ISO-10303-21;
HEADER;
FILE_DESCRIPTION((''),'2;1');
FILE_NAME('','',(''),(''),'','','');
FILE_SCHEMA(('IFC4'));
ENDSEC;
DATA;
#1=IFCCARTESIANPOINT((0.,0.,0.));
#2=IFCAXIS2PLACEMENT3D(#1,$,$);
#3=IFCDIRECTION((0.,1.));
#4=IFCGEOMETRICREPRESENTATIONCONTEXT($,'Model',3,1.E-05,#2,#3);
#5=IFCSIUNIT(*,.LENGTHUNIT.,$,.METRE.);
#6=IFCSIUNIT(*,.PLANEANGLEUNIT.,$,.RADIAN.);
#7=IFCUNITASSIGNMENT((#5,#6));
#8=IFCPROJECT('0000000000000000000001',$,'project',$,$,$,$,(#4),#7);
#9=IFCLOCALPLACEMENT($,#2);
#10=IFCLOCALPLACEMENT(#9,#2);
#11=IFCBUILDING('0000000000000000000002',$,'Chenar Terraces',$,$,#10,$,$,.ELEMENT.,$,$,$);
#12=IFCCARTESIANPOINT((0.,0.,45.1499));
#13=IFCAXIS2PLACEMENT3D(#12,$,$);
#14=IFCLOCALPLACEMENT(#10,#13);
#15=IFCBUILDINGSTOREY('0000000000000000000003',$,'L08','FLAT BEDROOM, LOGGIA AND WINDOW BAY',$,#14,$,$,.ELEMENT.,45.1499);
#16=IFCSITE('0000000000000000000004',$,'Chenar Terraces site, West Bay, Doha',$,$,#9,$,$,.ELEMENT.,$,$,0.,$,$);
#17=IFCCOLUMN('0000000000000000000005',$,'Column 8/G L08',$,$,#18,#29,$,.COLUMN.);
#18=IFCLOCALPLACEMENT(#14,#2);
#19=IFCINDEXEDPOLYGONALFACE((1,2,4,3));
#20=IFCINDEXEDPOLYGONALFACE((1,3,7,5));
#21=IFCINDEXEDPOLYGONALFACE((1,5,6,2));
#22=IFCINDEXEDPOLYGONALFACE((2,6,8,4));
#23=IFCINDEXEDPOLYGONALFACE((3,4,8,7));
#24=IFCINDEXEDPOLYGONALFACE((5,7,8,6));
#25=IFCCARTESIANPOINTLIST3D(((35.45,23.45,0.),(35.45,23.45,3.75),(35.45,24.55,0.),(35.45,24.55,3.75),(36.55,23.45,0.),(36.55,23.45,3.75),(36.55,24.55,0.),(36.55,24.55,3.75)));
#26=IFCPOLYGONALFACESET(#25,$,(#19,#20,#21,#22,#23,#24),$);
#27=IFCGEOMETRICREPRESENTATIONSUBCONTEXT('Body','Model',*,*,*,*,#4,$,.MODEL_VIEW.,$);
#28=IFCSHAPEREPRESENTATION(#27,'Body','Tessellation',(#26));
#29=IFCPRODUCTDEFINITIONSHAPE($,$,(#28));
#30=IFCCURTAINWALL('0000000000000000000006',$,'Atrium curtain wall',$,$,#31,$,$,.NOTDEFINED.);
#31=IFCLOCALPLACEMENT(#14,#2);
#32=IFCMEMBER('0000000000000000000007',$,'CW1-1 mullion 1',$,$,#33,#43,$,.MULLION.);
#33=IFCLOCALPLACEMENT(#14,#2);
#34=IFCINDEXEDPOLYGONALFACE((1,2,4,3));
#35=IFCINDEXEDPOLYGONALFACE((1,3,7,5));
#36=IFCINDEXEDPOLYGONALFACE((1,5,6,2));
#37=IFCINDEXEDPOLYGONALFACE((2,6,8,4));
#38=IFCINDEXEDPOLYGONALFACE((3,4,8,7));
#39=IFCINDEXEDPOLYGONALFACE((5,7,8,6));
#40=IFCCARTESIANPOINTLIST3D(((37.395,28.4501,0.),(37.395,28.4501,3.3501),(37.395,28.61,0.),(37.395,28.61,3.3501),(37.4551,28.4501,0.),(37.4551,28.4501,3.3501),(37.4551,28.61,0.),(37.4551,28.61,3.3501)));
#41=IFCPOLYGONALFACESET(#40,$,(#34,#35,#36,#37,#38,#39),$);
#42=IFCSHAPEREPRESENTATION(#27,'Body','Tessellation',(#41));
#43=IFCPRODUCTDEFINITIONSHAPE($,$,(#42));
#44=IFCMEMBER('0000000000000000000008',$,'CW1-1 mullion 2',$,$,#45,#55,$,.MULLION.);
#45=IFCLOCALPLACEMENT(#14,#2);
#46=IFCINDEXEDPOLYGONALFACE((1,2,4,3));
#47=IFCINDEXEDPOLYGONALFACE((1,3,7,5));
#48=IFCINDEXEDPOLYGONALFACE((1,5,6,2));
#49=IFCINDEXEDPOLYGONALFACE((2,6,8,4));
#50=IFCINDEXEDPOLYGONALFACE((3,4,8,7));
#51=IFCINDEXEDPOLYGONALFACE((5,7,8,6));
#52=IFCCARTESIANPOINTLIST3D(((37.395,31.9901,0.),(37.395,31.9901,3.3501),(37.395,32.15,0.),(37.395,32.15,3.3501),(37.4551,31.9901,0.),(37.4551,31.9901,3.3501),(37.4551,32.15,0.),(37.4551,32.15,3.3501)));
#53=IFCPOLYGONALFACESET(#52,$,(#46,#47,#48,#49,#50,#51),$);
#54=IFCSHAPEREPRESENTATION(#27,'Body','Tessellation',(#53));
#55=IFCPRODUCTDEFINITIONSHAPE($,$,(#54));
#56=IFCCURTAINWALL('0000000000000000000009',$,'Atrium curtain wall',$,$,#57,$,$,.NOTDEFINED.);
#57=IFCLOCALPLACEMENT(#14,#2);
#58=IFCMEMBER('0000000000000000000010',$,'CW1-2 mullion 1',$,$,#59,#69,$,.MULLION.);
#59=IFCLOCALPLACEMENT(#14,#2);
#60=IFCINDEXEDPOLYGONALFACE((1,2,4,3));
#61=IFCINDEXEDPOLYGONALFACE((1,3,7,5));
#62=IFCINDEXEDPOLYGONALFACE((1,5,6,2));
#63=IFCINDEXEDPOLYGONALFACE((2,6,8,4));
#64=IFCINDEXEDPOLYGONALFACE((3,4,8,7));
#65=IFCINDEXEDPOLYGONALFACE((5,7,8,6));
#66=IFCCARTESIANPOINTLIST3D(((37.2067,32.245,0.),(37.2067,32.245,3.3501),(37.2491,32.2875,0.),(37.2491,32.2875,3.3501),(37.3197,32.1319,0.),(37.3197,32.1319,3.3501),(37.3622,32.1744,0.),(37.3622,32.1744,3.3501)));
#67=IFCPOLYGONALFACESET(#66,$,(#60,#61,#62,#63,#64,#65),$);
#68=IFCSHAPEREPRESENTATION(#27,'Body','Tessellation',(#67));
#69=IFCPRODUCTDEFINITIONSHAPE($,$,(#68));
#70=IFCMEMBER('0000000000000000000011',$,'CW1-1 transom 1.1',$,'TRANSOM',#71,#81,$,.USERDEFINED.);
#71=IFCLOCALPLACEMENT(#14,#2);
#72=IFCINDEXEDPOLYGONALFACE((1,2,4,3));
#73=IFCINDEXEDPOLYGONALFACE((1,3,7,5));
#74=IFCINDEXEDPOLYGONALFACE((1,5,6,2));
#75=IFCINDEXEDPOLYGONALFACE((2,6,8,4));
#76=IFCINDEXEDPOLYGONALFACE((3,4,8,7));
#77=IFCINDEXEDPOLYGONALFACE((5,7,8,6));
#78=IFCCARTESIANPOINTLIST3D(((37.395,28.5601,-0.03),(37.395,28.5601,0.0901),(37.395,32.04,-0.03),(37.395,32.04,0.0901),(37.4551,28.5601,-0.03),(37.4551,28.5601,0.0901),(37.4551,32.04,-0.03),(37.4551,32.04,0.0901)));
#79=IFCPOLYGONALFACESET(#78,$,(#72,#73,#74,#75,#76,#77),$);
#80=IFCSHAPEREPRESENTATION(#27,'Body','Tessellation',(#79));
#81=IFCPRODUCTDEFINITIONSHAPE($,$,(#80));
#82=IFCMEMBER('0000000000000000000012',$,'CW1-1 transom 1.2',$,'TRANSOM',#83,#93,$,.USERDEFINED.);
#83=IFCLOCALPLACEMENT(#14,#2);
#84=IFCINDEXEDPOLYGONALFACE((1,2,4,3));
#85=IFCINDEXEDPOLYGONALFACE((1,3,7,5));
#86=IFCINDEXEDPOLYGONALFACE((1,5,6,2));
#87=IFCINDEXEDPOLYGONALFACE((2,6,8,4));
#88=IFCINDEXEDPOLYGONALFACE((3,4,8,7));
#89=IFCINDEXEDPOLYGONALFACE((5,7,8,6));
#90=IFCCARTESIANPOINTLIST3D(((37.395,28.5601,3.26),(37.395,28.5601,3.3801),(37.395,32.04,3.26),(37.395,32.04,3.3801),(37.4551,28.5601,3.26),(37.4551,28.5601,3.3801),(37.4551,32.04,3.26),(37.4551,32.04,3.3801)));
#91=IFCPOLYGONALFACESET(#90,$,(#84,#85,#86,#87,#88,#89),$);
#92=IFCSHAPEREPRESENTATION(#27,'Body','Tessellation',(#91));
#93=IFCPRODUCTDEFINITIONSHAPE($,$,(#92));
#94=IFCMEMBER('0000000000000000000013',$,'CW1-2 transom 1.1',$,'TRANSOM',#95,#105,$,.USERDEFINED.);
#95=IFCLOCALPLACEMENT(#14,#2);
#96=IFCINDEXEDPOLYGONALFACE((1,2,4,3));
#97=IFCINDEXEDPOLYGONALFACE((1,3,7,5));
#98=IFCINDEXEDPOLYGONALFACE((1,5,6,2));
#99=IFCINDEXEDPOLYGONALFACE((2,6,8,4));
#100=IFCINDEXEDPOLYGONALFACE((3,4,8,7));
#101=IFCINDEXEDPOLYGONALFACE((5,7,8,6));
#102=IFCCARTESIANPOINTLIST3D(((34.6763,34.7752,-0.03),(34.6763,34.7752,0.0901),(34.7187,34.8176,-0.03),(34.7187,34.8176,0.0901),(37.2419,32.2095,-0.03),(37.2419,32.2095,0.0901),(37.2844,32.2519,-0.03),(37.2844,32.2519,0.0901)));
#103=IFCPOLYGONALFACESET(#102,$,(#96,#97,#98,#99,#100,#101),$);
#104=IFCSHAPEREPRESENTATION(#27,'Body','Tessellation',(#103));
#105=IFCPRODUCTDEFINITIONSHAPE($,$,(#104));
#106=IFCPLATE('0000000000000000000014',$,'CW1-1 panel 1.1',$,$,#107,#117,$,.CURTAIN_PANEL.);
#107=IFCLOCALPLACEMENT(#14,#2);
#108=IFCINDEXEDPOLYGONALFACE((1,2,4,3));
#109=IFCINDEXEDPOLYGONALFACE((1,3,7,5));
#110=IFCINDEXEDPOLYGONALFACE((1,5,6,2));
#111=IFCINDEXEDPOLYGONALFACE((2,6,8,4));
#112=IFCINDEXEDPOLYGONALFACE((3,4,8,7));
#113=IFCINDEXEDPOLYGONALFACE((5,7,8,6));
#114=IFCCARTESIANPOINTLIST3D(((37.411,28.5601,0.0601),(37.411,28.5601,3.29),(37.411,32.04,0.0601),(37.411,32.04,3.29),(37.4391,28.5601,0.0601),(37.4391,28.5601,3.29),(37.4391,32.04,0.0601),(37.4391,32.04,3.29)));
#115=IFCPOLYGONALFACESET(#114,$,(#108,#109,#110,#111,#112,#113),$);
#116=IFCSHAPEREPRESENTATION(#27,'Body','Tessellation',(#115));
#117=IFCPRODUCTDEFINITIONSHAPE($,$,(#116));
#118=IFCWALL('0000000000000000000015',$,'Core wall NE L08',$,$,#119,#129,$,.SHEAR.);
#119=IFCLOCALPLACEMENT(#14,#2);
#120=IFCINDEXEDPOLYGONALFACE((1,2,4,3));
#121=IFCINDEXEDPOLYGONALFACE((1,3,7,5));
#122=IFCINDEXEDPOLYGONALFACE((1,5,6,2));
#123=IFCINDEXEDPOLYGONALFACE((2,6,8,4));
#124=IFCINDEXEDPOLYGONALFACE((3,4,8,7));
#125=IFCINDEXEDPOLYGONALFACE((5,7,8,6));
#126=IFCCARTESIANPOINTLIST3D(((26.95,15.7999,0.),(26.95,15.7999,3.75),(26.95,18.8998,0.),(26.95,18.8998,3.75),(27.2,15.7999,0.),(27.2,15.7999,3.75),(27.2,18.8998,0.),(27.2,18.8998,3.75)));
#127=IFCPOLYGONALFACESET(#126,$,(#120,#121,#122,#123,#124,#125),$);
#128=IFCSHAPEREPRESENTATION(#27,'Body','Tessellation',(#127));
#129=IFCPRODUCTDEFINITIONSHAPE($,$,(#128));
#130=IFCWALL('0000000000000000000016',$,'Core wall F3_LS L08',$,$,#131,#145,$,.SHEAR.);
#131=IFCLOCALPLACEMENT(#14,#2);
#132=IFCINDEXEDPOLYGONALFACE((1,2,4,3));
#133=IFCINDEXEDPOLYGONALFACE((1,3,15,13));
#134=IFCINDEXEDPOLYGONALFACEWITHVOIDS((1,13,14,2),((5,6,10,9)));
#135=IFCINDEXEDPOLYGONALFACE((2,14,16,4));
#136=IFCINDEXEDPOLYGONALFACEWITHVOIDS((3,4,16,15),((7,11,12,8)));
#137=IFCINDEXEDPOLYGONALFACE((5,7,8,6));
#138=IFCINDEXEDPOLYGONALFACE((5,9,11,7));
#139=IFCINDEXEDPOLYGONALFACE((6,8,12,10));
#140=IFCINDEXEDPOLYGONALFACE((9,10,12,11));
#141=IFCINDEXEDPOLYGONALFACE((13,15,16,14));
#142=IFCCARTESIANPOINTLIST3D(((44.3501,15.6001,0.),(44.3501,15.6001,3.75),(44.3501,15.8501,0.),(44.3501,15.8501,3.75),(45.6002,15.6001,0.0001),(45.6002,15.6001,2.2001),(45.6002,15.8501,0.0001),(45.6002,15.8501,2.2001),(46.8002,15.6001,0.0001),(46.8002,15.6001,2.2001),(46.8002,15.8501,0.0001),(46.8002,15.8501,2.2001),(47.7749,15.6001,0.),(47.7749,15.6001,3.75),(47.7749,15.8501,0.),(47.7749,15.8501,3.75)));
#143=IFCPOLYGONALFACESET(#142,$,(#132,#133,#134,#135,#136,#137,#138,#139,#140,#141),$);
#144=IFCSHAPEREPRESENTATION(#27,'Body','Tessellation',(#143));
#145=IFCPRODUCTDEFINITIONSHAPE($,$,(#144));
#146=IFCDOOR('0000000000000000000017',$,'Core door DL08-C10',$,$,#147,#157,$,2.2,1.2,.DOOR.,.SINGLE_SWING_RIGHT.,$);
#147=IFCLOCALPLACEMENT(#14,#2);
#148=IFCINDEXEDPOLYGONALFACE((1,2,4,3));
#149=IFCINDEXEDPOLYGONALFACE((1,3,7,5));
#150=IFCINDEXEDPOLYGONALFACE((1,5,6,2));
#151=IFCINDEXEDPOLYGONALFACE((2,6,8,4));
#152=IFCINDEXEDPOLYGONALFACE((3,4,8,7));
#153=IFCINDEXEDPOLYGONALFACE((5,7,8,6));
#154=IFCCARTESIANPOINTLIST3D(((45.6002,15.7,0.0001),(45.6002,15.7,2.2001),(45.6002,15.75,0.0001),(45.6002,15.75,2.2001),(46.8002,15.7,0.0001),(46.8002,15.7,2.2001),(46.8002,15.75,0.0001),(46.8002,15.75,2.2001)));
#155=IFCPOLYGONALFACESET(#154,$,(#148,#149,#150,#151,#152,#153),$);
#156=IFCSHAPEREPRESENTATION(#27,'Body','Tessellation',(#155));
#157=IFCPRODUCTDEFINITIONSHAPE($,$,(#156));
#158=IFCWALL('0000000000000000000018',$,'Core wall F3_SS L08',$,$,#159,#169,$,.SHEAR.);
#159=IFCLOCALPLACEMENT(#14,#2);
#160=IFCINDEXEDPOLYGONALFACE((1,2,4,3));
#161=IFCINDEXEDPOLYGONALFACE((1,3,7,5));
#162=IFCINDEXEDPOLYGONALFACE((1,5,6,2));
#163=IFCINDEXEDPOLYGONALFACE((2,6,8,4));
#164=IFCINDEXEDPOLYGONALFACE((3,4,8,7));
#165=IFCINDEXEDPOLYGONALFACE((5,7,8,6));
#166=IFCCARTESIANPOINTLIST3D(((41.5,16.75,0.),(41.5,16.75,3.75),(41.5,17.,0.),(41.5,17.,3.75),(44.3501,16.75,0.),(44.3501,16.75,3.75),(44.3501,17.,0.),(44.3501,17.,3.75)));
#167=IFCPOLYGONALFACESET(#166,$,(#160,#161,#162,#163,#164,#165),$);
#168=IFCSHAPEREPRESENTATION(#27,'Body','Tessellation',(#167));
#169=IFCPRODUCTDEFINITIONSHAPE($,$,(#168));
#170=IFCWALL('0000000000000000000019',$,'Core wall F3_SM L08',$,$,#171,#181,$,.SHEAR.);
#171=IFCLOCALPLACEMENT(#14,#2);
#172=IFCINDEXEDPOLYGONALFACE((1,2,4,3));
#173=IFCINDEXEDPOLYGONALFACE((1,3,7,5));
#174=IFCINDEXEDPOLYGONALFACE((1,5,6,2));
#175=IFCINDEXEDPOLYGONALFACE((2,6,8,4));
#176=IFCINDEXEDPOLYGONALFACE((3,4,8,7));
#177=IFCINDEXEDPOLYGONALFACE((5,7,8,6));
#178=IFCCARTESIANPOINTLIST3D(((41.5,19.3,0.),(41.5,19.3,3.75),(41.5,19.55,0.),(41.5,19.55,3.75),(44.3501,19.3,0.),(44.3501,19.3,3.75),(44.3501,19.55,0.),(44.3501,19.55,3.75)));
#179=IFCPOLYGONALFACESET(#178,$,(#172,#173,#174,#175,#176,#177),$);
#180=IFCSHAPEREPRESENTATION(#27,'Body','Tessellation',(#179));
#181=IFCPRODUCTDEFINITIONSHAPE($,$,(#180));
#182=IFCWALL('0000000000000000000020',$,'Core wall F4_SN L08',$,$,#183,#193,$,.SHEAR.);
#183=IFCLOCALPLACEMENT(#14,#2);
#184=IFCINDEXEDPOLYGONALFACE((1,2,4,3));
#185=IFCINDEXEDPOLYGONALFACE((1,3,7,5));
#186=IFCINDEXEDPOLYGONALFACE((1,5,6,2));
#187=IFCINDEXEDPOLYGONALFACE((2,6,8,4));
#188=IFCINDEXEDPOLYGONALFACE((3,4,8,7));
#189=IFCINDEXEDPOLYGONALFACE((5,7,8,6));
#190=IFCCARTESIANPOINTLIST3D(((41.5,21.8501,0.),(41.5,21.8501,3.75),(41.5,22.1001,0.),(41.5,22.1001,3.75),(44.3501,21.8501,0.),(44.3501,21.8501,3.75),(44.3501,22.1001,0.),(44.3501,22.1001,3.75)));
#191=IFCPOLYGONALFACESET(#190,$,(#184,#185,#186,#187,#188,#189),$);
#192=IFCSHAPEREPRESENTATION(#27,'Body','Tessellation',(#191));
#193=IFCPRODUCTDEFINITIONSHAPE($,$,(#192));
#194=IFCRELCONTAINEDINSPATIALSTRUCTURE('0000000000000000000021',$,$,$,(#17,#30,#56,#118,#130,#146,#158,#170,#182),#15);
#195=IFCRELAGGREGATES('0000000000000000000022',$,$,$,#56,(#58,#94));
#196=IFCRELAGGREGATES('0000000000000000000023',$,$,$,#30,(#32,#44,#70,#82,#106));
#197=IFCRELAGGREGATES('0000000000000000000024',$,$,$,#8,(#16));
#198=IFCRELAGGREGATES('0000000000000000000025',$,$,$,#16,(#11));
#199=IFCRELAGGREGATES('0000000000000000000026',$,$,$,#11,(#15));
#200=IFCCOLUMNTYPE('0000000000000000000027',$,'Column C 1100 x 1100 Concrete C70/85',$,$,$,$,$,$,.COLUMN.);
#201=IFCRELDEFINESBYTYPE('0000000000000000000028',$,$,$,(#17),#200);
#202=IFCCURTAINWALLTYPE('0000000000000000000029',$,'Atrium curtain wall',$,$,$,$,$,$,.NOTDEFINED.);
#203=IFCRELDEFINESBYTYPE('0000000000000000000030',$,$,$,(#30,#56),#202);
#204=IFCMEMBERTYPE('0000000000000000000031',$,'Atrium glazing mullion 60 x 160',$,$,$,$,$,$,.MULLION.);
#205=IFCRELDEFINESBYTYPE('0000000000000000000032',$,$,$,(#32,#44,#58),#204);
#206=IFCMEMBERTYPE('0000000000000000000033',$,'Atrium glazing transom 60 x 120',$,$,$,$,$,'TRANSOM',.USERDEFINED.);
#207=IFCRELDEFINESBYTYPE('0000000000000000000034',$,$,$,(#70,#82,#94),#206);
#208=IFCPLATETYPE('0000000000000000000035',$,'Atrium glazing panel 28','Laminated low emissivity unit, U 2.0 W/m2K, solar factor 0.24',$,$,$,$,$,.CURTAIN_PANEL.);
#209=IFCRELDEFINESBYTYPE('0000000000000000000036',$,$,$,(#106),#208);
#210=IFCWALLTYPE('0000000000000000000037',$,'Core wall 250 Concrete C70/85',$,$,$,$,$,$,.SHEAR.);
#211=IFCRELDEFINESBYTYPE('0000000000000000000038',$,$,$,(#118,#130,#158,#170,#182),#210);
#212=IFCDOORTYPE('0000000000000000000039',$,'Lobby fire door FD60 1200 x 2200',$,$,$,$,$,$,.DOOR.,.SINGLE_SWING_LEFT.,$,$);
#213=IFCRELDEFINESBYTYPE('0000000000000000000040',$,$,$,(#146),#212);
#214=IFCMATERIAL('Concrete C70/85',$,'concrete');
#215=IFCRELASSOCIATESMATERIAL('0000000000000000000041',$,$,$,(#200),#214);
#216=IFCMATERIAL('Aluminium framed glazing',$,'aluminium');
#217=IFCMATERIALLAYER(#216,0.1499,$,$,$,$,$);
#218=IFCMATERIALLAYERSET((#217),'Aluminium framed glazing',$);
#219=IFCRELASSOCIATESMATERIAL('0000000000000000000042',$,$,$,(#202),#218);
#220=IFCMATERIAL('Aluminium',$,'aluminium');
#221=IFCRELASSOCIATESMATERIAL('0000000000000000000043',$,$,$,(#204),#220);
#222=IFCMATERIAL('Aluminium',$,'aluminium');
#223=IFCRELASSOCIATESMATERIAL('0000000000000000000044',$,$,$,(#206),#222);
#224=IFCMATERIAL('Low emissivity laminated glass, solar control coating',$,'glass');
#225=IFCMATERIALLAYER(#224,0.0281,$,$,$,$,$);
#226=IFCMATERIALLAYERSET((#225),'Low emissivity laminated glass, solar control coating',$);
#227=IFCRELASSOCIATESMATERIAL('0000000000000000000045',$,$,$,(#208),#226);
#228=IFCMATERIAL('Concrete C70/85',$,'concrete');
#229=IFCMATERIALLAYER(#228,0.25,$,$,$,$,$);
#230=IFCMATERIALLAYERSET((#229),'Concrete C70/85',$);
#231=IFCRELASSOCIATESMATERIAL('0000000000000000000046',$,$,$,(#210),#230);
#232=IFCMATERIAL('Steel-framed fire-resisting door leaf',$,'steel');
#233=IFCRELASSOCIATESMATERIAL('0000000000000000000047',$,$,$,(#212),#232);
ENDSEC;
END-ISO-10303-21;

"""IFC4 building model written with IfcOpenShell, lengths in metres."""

from ifc_helpers import new_model, si_unit, direction, frame, frame_2d, origin, origin_2d, place, context, subcontext, project, spatial, rectangle, extrude, material, layer, layer_set, material_profile, profile_set, type_object, element, fill, aggregate, save


model = new_model("IFC4")

# Units and contexts
model_context = context("Model", 3, precision=1e-05, world=origin(), true_north=direction((0.0, 1.0)))
body_context = subcontext(model_context, "Body", "Model", "MODEL_VIEW")
ifc_project = project(units=[si_unit("LENGTHUNIT", "METRE"), si_unit("PLANEANGLEUNIT", "RADIAN")], contexts=[model_context])

# Site, building, storey
site_placement = place(None, origin())
site = spatial("IfcSite", under=ifc_project, at=site_placement, Name="Chenar Terraces site, West Bay, Doha", CompositionType="ELEMENT", RefElevation=0.0)
building_placement = place(site_placement, origin())
building = spatial("IfcBuilding", under=site, at=building_placement, Name="Chenar Terraces", CompositionType="ELEMENT")
storey_placement = place(building_placement, frame((0.0, 0.0, 45.1499)))
storey = spatial("IfcBuildingStorey", under=building, at=storey_placement, Name="L08", Description="FLAT BEDROOM, LOGGIA AND WINDOW BAY", CompositionType="ELEMENT", Elevation=45.1499)

# Column
ifc_material_1 = material(Name="Concrete C70/85", Category="concrete")
ifc_material_profile_1 = material_profile(ifc_material_1, rectangle(XDim=1.1001, YDim=1.1001, at=origin_2d()), Name="C 1100 x 1100")
ifc_profile_set_1 = profile_set([ifc_material_profile_1], Name="Concrete C70/85")
column_type = type_object("IfcColumnType", Name="Column C 1100 x 1100 Concrete C70/85", PredefinedType="COLUMN", material=ifc_profile_set_1)
column_placement = place(storey_placement, frame((36.0, 24.0, 0.0), z_axis=(0.0, 0.0, 1.0), x_axis=(1.0, 0.0, 0.0)))
element("IfcColumn", 1, at=column_placement, inside=storey, type_object=column_type, Name="Column 8/G L08", PredefinedType="COLUMN", context=body_context, shape_type="SweptSolid", body=[
    extrude(rectangle(XDim=1.1001, YDim=1.1001, at=origin_2d()), origin(), (0.0, 0.0, 1.0), 3.75),
])

# Curtain wall, members
ifc_material_2 = material(Name="Aluminium framed glazing", Category="aluminium")
ifc_layer_1 = layer(ifc_material_2, 0.1499)
ifc_layer_set_1 = layer_set([ifc_layer_1], Name="Aluminium framed glazing")
curtain_wall_type = type_object("IfcCurtainWallType", Name="Atrium curtain wall", PredefinedType="NOTDEFINED", material=ifc_layer_set_1)
placement = place(storey_placement, origin())
curtain_wall_1 = element("IfcCurtainWall", 2, at=placement, inside=storey, type_object=curtain_wall_type, Name="Atrium curtain wall", PredefinedType="NOTDEFINED")
ifc_material_3 = material(Name="Aluminium", Category="aluminium")
ifc_material_profile_2 = material_profile(ifc_material_3, rectangle(XDim=0.0601, YDim=0.1599, at=origin_2d()), Name="Atrium glazing mullion 60 x 160")
ifc_profile_set_2 = profile_set([ifc_material_profile_2], Name="Aluminium")
member_type_1 = type_object("IfcMemberType", Name="Atrium glazing mullion 60 x 160", PredefinedType="MULLION", material=ifc_profile_set_2)
member_1_placement = place(storey_placement, frame((37.425, 28.53, 0.0), z_axis=(0.0, 0.0, 1.0), x_axis=(-1.0, 0.0, 0.0)))
member_1 = element("IfcMember", 3, at=member_1_placement, type_object=member_type_1, Name="CW1-1 mullion 1", PredefinedType="MULLION", context=body_context, shape_type="SweptSolid", body=[
    extrude(rectangle(XDim=0.0601, YDim=0.1599, at=origin_2d()), origin(), (0.0, 0.0, 1.0), 3.3501),
])
member_2_placement = place(storey_placement, frame((37.425, 32.0701, 0.0), z_axis=(0.0, 0.0, 1.0), x_axis=(-1.0, 0.0, 0.0)))
member_2 = element("IfcMember", 4, at=member_2_placement, type_object=member_type_1, Name="CW1-1 mullion 2", PredefinedType="MULLION", context=body_context, shape_type="SweptSolid", body=[
    extrude(rectangle(XDim=0.0601, YDim=0.1599, at=origin_2d()), origin(), (0.0, 0.0, 1.0), 3.3501),
])

# Curtain wall, member
curtain_wall_2 = element("IfcCurtainWall", 5, at=placement, inside=storey, type_object=curtain_wall_type, Name="Atrium curtain wall", PredefinedType="NOTDEFINED")
member_3_placement = place(storey_placement, frame((37.2844, 32.2097, 0.0), z_axis=(0.0, 0.0, 1.0), x_axis=(-0.707107, -0.707107, 0.0)))
member_3 = element("IfcMember", 6, at=member_3_placement, type_object=member_type_1, Name="CW1-2 mullion 1", PredefinedType="MULLION", context=body_context, shape_type="SweptSolid", body=[
    extrude(rectangle(XDim=0.0601, YDim=0.1599, at=origin_2d()), origin(), (0.0, 0.0, 1.0), 3.3501),
])

# Members
ifc_material_4 = material(Name="Aluminium", Category="aluminium")
ifc_material_profile_3 = material_profile(ifc_material_4, rectangle(XDim=0.0601, YDim=0.1201, at=origin_2d()), Name="Atrium glazing transom 60 x 120")
ifc_profile_set_3 = profile_set([ifc_material_profile_3], Name="Aluminium")
member_type_2 = type_object("IfcMemberType", Name="Atrium glazing transom 60 x 120", ElementType="TRANSOM", PredefinedType="USERDEFINED", material=ifc_profile_set_3)
member_4_placement = place(storey_placement, frame((37.425, 28.5601, 0.03), z_axis=(0.0, 1.0, 0.0), x_axis=(-1.0, 0.0, 0.0)))
member_4 = element("IfcMember", 7, at=member_4_placement, type_object=member_type_2, Name="CW1-1 transom 1.1", ObjectType="TRANSOM", PredefinedType="USERDEFINED", context=body_context, shape_type="SweptSolid", body=[
    extrude(rectangle(XDim=0.0601, YDim=0.1201, at=origin_2d()), origin(), (0.0, 0.0, 1.0), 3.48),
])
member_5_placement = place(storey_placement, frame((37.425, 28.5601, 3.3201), z_axis=(0.0, 1.0, 0.0), x_axis=(-1.0, 0.0, 0.0)))
member_5 = element("IfcMember", 8, at=member_5_placement, type_object=member_type_2, Name="CW1-1 transom 1.2", ObjectType="TRANSOM", PredefinedType="USERDEFINED", context=body_context, shape_type="SweptSolid", body=[
    extrude(rectangle(XDim=0.0601, YDim=0.1201, at=origin_2d()), origin(), (0.0, 0.0, 1.0), 3.48),
])
member_6_placement = place(storey_placement, frame((37.2632, 32.2307, 0.03), z_axis=(-0.707107, 0.707107, 0.0), x_axis=(-0.707107, -0.707107, 0.0)))
member_6 = element("IfcMember", 9, at=member_6_placement, type_object=member_type_2, Name="CW1-2 transom 1.1", ObjectType="TRANSOM", PredefinedType="USERDEFINED", context=body_context, shape_type="SweptSolid", body=[
    extrude(rectangle(XDim=0.0601, YDim=0.1201, at=origin_2d()), origin(), (0.0, 0.0, 1.0), 3.6284),
])
aggregate(curtain_wall_2, [member_3, member_6])

# Plate
ifc_material_5 = material(Name="Low emissivity laminated glass, solar control coating", Category="glass")
ifc_layer_2 = layer(ifc_material_5, 0.0281)
ifc_layer_set_2 = layer_set([ifc_layer_2], Name="Low emissivity laminated glass, solar control coating")
plate_type = type_object("IfcPlateType", Name="Atrium glazing panel 28", Description="Laminated low emissivity unit, U 2.0 W/m2K, solar factor 0.24", PredefinedType="CURTAIN_PANEL", material=ifc_layer_set_2)
plate_placement = place(storey_placement, frame((37.425, 30.3, 0.0601), z_axis=(0.0, 0.0, 1.0), x_axis=(0.0, 1.0, 0.0)))
plate = element("IfcPlate", 10, at=plate_placement, type_object=plate_type, Name="CW1-1 panel 1.1", PredefinedType="CURTAIN_PANEL", context=body_context, shape_type="SweptSolid", body=[
    extrude(rectangle(XDim=3.48, YDim=0.0281, at=origin_2d()), origin(), (0.0, 0.0, 1.0), 3.23),
])
aggregate(curtain_wall_1, [member_1, member_2, member_4, member_5, plate])

# Wall
ifc_material_6 = material(Name="Concrete C70/85", Category="concrete")
ifc_layer_3 = layer(ifc_material_6, 0.25)
ifc_layer_set_3 = layer_set([ifc_layer_3], Name="Concrete C70/85")
wall_type_1 = type_object("IfcWallType", Name="Core wall 250 Concrete C70/85", PredefinedType="SHEAR", material=ifc_layer_set_3)
wall_1_placement = place(storey_placement, frame((27.075, 15.8, 0.0), z_axis=(0.0, 0.0, 1.0), x_axis=(0.0, 1.0, 0.0)))
element("IfcWall", 11, at=wall_1_placement, inside=storey, type_object=wall_type_1, Name="Core wall NE L08", PredefinedType="SHEAR", context=body_context, shape_type="SweptSolid", body=[
    extrude(rectangle(XDim=3.0999, YDim=0.25, at=frame_2d((1.5498, 0.0))), origin(), (0.0, 0.0, 1.0), 3.75),
])

# Wall, opening, door
wall_2_placement = place(storey_placement, frame((44.3501, 15.7251, 0.0), z_axis=(0.0, 0.0, 1.0), x_axis=(1.0, 0.0, 0.0)))
wall_2 = element("IfcWall", 12, at=wall_2_placement, inside=storey, type_object=wall_type_1, Name="Core wall F3_LS L08", PredefinedType="SHEAR", context=body_context, shape_type="SweptSolid", body=[
    extrude(rectangle(XDim=3.4248, YDim=0.25, at=frame_2d((1.7124, 0.0))), origin(), (0.0, 0.0, 1.0), 3.75),
])
opening_1_placement = place(wall_2_placement, frame((1.25, 0.0, 0.0)))
opening_1 = element("IfcOpeningElement", 13, at=opening_1_placement, cuts=wall_2, PredefinedType="OPENING", context=body_context, shape_type="SweptSolid", body=[
    extrude(rectangle(XDim=1.2, YDim=2.2, at=frame_2d((0.6001, 1.1001))), frame((0.0, 0.135, 0.0), z_axis=(0.0, -1.0, 0.0), x_axis=(1.0, 0.0, 0.0)), (0.0, 0.0, 1.0), 0.27),
])
ifc_material_7 = material(Name="Steel-framed fire-resisting door leaf", Category="steel")
door_type = type_object("IfcDoorType", Name="Lobby fire door FD60 1200 x 2200", OperationType="SINGLE_SWING_LEFT", PredefinedType="DOOR", material=ifc_material_7)
door_placement = place(opening_1_placement, origin())
door = element("IfcDoor", 14, at=door_placement, inside=storey, type_object=door_type, Name="Core door DL08-C10", OperationType="SINGLE_SWING_RIGHT", OverallHeight=2.2, OverallWidth=1.2, PredefinedType="DOOR", context=body_context, shape_type="SweptSolid", body=[
    extrude(rectangle(XDim=1.2, YDim=2.2, at=frame_2d((0.6001, 1.1001))), frame((0.0, 0.0249, 0.0), z_axis=(0.0, -1.0, 0.0), x_axis=(1.0, 0.0, 0.0)), (0.0, 0.0, 1.0), 0.05),
])
fill(opening_1, door)

# Walls
for number, where, z_axis, x_axis, name in (
    (15, (41.5, 16.875, 0.0), (0.0, 0.0, 1.0), (1.0, 0.0, 0.0), "Core wall F3_SS L08"),
    (16, (41.5, 19.425, 0.0), (0.0, 0.0, 1.0), (1.0, 0.0, 0.0), "Core wall F3_SM L08"),
    (17, (41.5, 21.9751, 0.0), (0.0, 0.0, 1.0), (1.0, 0.0, 0.0), "Core wall F4_SN L08"),
):
    element("IfcWall", number, at=place(storey_placement, frame(where, z_axis=z_axis, x_axis=x_axis)), inside=storey, type_object=wall_type_1, Name=name, PredefinedType="SHEAR", context=body_context, shape_type="SweptSolid", body=[
        extrude(rectangle(XDim=2.8501, YDim=0.25, at=frame_2d((1.425, 0.0))), origin(), (0.0, 0.0, 1.0), 3.75),
    ])

save(model, "model.ifc")
